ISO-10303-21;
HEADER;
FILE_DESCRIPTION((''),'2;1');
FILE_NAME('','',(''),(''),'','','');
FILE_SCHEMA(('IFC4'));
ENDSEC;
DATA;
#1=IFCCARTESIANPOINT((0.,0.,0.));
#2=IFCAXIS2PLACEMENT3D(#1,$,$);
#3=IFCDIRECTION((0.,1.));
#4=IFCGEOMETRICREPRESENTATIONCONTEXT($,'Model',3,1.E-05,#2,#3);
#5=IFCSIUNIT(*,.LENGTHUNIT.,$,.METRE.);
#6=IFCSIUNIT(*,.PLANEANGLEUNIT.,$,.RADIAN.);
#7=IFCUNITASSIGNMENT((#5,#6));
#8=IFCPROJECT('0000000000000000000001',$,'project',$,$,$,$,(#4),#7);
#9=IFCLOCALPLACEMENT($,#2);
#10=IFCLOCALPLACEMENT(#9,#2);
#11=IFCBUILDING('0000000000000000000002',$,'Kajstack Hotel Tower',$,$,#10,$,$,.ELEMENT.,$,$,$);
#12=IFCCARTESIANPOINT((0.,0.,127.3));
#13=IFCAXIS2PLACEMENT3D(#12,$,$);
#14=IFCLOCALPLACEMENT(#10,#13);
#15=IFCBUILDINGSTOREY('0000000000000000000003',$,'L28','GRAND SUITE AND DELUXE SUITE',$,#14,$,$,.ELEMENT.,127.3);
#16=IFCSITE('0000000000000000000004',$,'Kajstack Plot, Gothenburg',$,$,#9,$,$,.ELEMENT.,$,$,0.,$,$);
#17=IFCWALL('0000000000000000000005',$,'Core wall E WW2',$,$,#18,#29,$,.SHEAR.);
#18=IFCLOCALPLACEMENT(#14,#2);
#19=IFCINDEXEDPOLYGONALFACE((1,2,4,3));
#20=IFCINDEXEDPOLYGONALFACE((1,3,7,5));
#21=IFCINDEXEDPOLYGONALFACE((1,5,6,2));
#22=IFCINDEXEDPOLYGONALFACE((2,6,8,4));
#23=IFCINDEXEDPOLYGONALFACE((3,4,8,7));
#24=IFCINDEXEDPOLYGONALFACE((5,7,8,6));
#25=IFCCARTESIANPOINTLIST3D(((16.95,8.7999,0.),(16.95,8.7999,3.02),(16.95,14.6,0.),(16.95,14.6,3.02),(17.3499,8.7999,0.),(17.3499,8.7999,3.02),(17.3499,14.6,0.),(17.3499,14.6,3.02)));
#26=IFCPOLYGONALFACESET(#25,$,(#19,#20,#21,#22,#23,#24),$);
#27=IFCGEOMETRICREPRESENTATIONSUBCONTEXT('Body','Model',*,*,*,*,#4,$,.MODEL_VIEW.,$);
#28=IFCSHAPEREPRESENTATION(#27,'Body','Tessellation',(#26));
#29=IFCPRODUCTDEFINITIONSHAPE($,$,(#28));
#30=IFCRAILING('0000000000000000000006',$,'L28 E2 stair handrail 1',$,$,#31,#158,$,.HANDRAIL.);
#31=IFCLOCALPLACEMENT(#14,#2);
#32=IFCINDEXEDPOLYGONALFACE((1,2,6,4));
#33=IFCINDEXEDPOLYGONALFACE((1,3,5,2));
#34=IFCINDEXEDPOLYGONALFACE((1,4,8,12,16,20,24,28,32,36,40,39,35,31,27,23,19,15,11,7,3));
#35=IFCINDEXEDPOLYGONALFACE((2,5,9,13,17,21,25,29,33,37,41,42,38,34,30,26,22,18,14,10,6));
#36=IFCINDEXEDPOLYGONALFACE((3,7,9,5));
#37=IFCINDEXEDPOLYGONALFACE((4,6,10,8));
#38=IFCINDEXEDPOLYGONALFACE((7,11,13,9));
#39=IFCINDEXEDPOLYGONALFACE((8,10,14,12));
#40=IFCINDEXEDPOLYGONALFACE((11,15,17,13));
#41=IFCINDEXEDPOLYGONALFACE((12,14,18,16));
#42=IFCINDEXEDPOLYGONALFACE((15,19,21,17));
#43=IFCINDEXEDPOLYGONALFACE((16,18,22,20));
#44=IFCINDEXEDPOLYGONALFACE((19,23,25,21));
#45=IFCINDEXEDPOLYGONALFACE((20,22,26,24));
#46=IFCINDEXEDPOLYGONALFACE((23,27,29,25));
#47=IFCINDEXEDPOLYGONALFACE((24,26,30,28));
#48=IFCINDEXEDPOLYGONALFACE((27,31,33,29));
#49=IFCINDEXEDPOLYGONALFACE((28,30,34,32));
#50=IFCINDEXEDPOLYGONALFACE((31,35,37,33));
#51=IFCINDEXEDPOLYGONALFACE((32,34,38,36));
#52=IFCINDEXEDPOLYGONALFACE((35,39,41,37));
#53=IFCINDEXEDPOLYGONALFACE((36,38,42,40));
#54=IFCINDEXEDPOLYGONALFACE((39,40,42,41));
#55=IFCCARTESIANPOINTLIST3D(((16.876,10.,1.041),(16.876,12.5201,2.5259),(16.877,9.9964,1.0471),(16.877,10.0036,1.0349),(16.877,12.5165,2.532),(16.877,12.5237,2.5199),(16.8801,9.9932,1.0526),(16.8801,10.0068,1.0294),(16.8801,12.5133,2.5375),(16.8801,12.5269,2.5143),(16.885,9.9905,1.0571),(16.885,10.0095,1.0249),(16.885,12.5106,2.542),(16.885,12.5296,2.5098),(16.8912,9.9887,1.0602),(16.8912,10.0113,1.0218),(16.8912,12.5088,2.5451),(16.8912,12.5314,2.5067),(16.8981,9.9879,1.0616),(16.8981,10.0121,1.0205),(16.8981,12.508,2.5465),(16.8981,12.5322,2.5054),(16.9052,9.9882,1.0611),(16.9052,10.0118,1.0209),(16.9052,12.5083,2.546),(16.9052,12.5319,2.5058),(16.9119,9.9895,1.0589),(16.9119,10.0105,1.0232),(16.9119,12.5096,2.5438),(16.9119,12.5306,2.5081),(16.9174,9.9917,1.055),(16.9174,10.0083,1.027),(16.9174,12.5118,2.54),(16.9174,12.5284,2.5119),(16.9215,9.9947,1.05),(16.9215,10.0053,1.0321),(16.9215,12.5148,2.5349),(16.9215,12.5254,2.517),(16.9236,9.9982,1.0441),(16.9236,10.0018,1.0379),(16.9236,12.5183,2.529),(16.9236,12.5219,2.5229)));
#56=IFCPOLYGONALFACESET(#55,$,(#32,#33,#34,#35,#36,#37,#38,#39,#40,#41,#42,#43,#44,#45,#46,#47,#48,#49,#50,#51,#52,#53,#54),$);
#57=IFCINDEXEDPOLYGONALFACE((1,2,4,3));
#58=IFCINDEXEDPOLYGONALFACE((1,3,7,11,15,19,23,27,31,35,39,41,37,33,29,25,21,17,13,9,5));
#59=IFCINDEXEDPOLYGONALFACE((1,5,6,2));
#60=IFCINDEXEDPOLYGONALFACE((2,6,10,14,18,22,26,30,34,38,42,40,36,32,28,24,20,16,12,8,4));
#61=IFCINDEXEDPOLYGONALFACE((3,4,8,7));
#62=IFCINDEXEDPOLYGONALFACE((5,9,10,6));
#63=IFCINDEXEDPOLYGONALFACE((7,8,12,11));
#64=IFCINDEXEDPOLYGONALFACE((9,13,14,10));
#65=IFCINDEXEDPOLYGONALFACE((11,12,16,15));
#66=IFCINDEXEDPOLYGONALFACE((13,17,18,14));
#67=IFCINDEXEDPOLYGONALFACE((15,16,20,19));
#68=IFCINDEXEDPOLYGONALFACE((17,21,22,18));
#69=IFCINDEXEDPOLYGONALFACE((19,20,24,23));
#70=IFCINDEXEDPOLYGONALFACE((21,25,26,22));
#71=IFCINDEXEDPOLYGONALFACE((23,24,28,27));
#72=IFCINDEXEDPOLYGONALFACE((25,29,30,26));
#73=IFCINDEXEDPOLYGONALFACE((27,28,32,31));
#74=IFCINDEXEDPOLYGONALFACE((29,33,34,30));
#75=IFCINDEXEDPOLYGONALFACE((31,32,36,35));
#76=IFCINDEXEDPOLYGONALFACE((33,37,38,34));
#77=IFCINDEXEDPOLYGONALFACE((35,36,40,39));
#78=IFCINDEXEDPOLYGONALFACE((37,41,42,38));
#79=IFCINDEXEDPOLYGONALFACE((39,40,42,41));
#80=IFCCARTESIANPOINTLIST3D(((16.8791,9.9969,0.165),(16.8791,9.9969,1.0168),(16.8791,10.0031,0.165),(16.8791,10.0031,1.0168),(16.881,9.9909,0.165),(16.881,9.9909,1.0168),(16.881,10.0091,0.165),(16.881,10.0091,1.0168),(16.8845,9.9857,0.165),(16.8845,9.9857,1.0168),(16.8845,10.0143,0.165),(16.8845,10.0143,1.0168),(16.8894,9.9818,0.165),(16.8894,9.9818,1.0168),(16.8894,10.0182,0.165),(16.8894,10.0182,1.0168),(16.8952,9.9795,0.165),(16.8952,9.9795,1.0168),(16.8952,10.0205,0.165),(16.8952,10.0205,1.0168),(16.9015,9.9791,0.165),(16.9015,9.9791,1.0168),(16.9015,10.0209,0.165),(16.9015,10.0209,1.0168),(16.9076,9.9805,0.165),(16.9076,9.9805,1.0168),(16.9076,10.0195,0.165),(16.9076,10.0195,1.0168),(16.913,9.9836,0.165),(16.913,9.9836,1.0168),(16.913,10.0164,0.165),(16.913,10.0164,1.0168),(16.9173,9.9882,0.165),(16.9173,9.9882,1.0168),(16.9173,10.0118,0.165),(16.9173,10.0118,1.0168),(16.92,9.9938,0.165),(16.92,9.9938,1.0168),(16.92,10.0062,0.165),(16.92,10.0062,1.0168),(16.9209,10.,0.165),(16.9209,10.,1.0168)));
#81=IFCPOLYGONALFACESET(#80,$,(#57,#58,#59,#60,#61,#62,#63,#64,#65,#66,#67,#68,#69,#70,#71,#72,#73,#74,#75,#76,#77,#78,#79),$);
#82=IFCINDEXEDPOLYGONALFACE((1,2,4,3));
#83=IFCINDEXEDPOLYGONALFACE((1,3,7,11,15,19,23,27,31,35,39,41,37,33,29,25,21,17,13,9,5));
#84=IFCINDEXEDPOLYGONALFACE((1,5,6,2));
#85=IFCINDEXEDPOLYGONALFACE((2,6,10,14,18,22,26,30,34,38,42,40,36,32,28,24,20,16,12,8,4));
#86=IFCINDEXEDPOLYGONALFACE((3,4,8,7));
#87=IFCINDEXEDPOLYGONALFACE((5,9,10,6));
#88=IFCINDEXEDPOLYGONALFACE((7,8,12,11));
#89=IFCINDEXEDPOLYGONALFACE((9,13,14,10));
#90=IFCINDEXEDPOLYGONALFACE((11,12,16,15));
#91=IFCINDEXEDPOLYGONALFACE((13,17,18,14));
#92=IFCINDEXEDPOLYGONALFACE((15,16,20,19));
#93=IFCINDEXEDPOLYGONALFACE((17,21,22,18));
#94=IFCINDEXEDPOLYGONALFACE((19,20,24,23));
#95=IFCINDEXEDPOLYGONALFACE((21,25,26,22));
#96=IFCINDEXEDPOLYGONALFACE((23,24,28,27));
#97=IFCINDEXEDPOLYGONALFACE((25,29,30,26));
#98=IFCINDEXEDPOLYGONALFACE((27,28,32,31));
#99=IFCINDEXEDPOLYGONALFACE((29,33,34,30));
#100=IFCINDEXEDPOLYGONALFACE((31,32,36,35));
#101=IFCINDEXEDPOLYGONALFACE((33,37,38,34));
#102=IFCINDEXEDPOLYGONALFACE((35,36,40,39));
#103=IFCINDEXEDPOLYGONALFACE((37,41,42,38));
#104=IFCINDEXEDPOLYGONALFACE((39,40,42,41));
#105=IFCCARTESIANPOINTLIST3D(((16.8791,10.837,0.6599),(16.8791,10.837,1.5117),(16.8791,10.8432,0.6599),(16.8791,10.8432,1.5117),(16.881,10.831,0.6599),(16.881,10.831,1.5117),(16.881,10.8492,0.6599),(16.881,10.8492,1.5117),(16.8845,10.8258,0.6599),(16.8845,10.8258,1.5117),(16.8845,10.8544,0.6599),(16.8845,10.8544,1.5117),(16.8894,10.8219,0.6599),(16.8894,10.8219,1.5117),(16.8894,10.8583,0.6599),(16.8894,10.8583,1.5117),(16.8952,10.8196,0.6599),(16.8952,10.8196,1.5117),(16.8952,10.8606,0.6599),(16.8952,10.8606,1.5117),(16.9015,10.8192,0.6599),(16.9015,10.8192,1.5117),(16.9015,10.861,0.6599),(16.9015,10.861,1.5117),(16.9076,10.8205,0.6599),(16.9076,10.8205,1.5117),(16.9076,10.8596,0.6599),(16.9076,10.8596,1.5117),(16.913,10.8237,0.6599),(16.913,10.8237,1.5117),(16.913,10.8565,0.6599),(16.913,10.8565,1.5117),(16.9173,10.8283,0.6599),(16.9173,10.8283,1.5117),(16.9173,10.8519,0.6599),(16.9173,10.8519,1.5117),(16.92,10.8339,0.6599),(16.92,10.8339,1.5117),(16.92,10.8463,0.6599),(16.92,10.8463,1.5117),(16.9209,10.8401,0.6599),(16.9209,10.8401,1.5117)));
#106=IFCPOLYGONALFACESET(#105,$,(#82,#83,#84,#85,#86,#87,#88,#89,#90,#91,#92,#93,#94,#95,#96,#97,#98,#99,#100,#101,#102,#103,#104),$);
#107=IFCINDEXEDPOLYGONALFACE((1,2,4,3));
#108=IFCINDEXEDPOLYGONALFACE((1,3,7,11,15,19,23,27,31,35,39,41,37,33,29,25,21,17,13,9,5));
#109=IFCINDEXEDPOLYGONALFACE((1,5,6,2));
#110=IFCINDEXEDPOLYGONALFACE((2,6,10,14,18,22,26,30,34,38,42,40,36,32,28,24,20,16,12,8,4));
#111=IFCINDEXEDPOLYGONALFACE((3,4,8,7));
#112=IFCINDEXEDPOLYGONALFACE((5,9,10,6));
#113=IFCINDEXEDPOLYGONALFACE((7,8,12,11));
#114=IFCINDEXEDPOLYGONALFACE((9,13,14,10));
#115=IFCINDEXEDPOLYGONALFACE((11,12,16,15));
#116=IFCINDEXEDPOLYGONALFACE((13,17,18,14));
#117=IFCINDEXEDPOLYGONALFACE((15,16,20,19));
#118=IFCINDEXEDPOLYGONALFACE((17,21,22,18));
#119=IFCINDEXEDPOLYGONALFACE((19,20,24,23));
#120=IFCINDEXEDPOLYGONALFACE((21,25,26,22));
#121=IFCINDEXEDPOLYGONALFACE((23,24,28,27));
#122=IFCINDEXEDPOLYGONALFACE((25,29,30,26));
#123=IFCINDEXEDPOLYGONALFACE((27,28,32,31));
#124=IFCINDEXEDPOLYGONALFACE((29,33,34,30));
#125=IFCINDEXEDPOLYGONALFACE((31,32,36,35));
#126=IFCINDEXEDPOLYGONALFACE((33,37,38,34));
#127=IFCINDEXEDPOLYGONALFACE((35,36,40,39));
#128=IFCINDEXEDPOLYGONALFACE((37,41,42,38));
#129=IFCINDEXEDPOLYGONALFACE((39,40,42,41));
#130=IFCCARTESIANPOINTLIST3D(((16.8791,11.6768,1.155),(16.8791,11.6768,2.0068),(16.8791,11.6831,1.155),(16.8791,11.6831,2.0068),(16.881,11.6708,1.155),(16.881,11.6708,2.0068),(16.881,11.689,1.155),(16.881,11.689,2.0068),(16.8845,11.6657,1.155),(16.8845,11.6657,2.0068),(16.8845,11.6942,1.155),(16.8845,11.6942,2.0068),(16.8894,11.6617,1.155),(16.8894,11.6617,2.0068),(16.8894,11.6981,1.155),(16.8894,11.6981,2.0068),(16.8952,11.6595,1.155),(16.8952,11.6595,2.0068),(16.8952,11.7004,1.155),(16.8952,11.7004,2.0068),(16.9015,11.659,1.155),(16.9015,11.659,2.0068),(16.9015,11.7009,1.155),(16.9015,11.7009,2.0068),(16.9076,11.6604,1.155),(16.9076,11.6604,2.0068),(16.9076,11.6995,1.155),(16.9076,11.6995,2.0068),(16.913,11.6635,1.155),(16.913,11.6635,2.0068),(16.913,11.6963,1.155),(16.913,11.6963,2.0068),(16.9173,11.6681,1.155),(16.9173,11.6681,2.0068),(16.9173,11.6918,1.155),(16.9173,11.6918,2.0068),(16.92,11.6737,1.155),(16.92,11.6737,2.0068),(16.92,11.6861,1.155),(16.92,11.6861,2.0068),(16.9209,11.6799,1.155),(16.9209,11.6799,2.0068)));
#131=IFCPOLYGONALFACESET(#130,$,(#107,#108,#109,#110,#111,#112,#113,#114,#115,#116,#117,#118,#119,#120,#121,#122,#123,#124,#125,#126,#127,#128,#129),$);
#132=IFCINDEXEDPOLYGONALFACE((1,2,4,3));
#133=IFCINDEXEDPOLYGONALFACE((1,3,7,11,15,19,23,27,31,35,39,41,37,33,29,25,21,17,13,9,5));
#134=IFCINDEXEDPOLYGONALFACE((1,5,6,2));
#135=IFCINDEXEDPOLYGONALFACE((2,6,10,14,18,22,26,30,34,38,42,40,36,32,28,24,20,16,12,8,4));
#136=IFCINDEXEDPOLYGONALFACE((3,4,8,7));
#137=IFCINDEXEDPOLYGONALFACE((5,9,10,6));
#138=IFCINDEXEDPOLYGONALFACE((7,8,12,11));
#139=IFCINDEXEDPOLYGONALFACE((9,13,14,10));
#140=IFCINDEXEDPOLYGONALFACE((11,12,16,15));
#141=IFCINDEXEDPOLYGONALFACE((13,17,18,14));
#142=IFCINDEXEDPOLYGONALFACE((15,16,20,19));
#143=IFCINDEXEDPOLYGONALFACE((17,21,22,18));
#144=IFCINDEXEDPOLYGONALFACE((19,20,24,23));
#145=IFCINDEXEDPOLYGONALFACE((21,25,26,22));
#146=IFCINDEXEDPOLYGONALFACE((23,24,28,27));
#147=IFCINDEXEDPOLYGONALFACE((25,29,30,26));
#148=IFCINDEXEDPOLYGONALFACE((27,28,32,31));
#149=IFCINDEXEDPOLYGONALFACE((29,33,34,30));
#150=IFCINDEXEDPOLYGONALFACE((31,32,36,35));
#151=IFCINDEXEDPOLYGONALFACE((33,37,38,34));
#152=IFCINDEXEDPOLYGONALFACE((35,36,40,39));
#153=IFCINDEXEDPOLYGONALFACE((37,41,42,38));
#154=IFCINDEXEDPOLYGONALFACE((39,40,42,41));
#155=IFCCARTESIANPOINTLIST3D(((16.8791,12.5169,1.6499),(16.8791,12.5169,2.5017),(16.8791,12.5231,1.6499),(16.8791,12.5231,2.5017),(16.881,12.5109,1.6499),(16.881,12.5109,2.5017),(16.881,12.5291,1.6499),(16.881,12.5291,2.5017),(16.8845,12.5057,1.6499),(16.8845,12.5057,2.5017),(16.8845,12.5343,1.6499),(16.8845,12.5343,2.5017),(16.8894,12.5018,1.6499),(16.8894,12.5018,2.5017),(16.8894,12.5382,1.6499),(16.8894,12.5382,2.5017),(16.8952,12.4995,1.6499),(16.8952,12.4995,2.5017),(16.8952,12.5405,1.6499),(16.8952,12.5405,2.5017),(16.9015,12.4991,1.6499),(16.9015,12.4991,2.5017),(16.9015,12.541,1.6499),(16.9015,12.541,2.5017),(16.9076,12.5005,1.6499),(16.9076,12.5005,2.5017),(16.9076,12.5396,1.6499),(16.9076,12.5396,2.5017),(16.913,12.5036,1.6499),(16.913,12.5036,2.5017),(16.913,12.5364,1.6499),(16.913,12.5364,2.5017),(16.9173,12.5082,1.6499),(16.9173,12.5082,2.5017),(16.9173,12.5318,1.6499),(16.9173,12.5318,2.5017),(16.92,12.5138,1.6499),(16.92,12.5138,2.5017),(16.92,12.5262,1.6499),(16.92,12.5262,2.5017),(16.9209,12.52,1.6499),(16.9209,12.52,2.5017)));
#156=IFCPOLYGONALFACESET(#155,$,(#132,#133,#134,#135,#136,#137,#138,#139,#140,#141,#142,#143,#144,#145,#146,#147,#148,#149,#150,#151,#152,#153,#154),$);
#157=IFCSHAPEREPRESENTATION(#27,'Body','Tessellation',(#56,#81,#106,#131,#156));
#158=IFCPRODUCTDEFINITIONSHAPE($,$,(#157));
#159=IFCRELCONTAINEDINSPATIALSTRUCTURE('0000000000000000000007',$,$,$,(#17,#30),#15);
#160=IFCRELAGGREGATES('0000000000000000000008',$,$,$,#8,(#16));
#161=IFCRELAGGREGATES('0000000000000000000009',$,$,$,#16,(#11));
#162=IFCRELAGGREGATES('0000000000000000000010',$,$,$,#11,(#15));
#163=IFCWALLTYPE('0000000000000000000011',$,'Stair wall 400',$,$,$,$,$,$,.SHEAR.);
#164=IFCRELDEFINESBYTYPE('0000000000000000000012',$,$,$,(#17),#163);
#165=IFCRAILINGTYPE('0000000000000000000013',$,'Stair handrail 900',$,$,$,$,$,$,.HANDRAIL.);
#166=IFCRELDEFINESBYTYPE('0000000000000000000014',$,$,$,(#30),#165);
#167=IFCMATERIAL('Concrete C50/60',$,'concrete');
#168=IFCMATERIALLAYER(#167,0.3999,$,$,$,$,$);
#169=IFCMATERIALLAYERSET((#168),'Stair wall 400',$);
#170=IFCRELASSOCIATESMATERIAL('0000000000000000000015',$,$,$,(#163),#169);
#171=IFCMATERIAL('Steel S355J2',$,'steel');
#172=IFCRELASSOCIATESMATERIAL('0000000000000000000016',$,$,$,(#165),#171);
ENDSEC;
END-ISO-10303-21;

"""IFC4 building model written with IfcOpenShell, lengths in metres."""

from ifc_helpers import new_model, si_unit, direction, frame, frame_2d, origin, origin_2d, place, context, subcontext, project, spatial, rectangle, circle, extrude, material, layer, layer_set, type_object, element, save


model = new_model("IFC4")

# Units and contexts
model_context = context("Model", 3, precision=1e-05, world=origin(), true_north=direction((0.0, 1.0)))
body_context = subcontext(model_context, "Body", "Model", "MODEL_VIEW")
ifc_project = project(units=[si_unit("LENGTHUNIT", "METRE"), si_unit("PLANEANGLEUNIT", "RADIAN")], contexts=[model_context])

# Site, building, storey
site_placement = place(None, origin())
site = spatial("IfcSite", under=ifc_project, at=site_placement, Name="Kajstack Plot, Gothenburg", CompositionType="ELEMENT", RefElevation=0.0)
building_placement = place(site_placement, origin())
building = spatial("IfcBuilding", under=site, at=building_placement, Name="Kajstack Hotel Tower", CompositionType="ELEMENT")
storey_placement = place(building_placement, frame((0.0, 0.0, 127.3)))
storey = spatial("IfcBuildingStorey", under=building, at=storey_placement, Name="L28", Description="GRAND SUITE AND DELUXE SUITE", CompositionType="ELEMENT", Elevation=127.3)

# Shared definitions
ifc_material_1 = material(Name="Concrete C50/60", Category="concrete")

# Wall
ifc_layer_1 = layer(ifc_material_1, 0.3999)
ifc_layer_set_1 = layer_set([ifc_layer_1], Name="Stair wall 400")
wall_type_1 = type_object("IfcWallType", Name="Stair wall 400", PredefinedType="SHEAR", material=ifc_layer_set_1)
wall_1_placement = place(storey_placement, frame((17.1499, 8.8, 0.0), z_axis=(0.0, 0.0, 1.0), x_axis=(0.0, 1.0, 0.0)))
element("IfcWall", 1, at=wall_1_placement, inside=storey, type_object=wall_type_1, Name="Core wall E WW2", PredefinedType="SHEAR", context=body_context, shape_type="SweptSolid", body=[
    extrude(rectangle(XDim=5.8, YDim=0.3999, at=frame_2d((2.8999, 0.0))), origin(), (0.0, 0.0, 1.0), 3.02),
])

# Railing
ifc_material_2 = material(Name="Steel S355J2", Category="steel")
railing_type_1 = type_object("IfcRailingType", Name="Stair handrail 900", PredefinedType="HANDRAIL", material=ifc_material_2)
railing_1_placement = place(storey_placement, frame((16.8999, 10.0, 0.165)))
element("IfcRailing", 2, at=railing_1_placement, inside=storey, type_object=railing_type_1, Name="L28 E2 stair handrail 1", PredefinedType="HANDRAIL", context=body_context, shape_type="SweptSolid", body=[
    extrude(circle(Radius=0.0239, at=origin_2d()), frame((0.0, 0.0, 0.876), z_axis=(0.0, 0.861561, 0.507655), x_axis=(-1.0, 0.0, 0.0)), (0.0, 0.0, 1.0), 2.925),
    extrude(circle(Radius=0.021, at=origin_2d()), origin(), (0.0, 0.0, 1.0), 0.8518),
    extrude(circle(Radius=0.021, at=origin_2d()), frame((0.0, 0.8401, 0.4949)), (0.0, 0.0, 1.0), 0.8518),
    extrude(circle(Radius=0.021, at=origin_2d()), frame((0.0, 1.6799, 0.99)), (0.0, 0.0, 1.0), 0.8518),
    extrude(circle(Radius=0.021, at=origin_2d()), frame((0.0, 2.52, 1.4849)), (0.0, 0.0, 1.0), 0.8518),
])

save(model, "model.ifc")
